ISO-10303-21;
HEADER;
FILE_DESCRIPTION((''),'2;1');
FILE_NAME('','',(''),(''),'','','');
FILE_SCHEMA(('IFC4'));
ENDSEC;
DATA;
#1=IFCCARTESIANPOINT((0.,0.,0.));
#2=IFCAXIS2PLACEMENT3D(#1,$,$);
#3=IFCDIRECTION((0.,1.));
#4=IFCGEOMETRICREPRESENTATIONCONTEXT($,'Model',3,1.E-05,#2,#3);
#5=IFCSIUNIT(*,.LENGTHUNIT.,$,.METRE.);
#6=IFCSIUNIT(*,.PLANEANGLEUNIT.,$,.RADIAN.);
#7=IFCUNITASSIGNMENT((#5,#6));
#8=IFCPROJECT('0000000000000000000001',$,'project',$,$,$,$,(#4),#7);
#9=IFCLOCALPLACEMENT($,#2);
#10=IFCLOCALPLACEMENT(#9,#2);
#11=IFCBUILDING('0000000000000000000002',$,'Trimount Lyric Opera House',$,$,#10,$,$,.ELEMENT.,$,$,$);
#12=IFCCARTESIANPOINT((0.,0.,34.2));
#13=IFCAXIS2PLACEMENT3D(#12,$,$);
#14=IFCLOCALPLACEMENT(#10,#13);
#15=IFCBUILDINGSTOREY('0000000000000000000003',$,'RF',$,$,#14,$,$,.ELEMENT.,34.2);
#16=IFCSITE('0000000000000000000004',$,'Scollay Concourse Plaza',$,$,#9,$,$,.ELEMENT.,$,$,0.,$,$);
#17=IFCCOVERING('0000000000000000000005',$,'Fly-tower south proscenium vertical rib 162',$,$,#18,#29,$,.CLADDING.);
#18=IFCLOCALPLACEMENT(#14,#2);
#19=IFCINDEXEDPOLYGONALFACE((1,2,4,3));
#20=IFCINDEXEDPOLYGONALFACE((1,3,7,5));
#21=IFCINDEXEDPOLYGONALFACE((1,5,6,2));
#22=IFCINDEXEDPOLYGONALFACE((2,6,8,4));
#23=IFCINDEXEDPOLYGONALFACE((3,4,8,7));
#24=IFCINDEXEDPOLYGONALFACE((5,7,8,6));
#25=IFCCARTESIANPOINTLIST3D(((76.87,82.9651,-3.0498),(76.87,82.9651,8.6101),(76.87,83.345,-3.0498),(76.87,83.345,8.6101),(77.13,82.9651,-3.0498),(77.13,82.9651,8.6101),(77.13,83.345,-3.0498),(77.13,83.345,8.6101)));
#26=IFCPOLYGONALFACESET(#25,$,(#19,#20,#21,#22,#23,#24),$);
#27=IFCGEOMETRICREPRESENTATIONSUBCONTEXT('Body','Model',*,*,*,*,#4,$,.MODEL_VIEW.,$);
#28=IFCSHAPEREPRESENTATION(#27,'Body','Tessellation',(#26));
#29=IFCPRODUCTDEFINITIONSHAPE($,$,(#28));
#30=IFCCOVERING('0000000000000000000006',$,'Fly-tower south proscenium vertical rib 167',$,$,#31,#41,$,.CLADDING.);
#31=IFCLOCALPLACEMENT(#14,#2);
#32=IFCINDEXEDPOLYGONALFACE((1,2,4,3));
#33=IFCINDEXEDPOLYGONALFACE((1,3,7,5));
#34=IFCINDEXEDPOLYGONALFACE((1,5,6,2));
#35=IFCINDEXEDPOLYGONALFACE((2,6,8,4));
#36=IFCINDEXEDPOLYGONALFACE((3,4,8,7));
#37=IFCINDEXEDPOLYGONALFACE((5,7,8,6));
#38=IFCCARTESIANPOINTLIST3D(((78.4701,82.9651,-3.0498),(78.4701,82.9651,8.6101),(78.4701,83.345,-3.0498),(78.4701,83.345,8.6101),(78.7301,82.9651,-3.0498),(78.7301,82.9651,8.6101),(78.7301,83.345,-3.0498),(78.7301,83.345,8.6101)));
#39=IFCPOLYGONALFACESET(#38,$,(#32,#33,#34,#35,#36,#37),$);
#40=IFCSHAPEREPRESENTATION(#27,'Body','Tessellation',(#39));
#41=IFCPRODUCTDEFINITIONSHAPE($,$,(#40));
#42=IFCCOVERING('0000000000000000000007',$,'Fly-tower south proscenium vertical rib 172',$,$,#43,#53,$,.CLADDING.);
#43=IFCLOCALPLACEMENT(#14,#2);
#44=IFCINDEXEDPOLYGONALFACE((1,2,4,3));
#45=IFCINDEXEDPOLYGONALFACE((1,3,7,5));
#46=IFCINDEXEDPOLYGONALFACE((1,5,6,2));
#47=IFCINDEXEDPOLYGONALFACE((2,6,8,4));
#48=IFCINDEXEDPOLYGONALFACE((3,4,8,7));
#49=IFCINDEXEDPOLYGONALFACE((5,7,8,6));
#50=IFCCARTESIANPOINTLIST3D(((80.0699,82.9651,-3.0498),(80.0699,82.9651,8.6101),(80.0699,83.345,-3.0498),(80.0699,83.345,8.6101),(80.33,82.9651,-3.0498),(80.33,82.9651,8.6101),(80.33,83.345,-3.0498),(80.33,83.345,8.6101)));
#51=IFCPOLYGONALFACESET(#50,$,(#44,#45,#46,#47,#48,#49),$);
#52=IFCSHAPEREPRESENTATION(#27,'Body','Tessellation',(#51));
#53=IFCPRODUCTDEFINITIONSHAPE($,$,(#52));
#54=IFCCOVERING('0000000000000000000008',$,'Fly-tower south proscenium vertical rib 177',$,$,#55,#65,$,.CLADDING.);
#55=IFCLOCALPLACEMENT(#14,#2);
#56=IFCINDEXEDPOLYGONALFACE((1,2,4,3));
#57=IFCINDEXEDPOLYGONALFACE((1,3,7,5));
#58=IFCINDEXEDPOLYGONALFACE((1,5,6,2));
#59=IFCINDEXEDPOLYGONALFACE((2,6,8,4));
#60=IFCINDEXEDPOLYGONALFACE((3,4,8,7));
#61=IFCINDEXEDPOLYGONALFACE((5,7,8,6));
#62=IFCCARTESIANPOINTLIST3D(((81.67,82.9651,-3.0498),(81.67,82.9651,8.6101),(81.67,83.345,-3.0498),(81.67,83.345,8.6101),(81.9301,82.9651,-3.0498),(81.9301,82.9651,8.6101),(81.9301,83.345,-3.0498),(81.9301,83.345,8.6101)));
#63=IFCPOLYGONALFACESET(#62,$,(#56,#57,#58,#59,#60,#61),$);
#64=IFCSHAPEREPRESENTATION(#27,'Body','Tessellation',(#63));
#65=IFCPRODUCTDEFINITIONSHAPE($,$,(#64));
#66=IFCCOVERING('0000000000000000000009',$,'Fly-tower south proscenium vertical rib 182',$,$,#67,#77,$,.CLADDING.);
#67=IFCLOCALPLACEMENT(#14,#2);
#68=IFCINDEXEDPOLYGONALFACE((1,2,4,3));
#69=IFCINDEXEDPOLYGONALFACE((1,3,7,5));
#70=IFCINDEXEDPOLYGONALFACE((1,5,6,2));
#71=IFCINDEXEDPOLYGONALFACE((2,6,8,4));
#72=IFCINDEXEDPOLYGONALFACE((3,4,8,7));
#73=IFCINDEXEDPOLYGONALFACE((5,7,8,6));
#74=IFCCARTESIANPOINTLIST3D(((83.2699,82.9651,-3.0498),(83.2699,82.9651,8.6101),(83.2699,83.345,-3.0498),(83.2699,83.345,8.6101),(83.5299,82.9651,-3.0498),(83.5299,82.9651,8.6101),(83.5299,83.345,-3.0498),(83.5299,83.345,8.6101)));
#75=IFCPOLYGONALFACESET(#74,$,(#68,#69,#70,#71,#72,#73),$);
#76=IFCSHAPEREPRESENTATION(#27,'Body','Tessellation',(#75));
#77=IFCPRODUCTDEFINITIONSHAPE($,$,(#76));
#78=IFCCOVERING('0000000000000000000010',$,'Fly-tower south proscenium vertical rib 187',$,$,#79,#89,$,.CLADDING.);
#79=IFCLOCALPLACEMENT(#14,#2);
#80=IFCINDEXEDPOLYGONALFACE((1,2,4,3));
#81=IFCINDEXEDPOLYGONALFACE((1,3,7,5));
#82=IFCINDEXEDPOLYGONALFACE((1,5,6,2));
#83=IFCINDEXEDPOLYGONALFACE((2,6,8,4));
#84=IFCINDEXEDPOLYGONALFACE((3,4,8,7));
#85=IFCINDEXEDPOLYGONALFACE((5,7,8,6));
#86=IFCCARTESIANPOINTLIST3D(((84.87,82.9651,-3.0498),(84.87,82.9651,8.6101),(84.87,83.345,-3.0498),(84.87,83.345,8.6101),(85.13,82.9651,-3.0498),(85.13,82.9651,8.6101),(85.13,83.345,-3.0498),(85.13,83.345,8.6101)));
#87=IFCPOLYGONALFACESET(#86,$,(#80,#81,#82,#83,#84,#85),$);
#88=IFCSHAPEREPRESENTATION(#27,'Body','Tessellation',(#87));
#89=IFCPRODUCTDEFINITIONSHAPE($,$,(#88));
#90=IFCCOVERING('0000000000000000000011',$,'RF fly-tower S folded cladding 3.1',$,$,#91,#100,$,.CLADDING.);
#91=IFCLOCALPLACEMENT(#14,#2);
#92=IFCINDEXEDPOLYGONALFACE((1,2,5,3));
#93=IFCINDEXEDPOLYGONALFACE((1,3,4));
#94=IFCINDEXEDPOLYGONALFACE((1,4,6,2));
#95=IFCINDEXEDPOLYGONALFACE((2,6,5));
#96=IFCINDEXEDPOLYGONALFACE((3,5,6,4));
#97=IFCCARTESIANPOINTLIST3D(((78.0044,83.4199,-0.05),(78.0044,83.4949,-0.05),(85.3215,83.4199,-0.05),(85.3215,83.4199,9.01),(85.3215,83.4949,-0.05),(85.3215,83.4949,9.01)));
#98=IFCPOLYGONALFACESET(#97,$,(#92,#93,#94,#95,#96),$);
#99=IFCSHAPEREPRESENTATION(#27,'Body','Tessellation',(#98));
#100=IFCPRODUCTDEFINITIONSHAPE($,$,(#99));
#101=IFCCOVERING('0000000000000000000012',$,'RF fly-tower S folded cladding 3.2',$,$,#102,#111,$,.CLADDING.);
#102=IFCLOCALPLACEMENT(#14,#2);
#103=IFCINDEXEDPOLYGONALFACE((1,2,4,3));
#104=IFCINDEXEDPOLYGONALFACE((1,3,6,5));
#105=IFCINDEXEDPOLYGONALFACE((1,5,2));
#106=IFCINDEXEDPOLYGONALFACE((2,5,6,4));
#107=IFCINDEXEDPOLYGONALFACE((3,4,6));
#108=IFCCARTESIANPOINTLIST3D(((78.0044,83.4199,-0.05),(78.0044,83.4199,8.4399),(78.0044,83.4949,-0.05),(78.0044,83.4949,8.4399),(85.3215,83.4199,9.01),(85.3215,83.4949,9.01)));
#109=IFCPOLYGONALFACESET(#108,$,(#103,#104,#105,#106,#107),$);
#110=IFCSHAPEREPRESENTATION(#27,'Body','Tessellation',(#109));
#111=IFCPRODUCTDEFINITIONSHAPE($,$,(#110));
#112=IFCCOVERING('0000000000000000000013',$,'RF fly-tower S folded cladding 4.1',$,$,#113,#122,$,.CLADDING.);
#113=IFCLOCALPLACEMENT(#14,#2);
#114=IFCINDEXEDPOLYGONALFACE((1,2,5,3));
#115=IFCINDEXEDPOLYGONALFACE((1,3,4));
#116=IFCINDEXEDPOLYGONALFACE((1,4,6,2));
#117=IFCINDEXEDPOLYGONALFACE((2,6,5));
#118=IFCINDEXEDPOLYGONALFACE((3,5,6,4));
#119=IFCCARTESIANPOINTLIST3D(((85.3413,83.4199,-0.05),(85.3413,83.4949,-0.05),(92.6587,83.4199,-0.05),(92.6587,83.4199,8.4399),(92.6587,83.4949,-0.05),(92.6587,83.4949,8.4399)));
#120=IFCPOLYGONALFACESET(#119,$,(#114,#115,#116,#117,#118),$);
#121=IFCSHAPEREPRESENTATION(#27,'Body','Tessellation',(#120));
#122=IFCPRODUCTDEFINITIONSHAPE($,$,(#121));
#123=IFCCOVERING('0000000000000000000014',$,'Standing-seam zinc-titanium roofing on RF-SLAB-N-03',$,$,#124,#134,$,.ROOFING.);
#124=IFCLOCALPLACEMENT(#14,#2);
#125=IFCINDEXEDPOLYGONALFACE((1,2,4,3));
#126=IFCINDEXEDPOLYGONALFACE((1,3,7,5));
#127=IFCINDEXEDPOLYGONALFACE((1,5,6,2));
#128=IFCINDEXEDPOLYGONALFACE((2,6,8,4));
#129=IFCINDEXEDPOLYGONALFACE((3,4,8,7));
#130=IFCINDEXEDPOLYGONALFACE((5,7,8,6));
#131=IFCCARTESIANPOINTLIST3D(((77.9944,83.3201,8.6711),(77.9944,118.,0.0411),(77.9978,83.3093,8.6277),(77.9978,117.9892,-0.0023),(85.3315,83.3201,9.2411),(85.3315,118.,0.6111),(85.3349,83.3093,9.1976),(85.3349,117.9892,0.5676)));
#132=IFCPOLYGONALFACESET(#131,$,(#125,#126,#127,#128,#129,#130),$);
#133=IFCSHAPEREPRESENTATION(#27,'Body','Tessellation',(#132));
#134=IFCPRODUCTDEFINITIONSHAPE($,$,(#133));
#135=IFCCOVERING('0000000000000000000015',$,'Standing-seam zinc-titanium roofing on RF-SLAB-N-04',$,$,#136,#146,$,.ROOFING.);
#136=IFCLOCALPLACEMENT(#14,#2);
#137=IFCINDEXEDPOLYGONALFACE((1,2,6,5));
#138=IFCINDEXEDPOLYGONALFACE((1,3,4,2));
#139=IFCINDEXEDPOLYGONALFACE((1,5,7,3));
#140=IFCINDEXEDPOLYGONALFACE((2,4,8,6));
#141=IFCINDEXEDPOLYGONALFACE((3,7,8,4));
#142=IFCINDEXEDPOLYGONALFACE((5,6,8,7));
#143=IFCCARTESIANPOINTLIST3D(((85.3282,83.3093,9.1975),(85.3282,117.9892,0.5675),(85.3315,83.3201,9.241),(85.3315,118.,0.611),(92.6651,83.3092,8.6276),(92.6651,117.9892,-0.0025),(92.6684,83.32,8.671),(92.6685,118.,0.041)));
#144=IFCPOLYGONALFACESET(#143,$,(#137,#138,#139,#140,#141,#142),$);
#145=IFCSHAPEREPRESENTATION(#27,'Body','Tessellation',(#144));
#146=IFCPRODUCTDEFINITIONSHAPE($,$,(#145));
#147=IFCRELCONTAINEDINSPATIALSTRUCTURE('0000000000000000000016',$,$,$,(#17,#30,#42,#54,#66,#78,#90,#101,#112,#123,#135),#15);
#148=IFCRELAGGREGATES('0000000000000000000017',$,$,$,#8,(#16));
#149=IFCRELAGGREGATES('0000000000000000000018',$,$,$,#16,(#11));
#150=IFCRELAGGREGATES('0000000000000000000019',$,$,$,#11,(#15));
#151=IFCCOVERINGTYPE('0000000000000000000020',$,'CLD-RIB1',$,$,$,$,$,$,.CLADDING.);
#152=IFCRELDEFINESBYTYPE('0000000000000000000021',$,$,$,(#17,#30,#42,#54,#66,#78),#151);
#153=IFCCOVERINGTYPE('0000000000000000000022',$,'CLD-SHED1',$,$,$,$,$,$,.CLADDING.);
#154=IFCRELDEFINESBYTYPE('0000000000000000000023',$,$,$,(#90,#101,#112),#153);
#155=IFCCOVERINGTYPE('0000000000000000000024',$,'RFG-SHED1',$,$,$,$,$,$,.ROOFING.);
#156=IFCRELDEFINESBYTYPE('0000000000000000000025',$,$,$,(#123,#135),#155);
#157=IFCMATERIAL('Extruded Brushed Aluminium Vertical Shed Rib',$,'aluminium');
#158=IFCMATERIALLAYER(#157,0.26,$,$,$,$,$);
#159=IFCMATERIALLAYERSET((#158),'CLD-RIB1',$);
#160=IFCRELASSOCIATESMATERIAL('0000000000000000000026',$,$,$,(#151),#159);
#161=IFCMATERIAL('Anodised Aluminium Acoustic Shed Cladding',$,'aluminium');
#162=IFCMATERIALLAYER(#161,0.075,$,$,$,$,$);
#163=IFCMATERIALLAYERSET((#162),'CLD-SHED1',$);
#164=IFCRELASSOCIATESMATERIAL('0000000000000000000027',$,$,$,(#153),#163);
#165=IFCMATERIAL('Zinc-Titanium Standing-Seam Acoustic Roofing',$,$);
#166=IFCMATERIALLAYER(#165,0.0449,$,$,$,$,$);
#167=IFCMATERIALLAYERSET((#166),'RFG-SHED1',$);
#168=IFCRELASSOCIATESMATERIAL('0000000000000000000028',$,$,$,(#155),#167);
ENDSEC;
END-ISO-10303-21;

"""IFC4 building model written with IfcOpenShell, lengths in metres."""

from ifc_helpers import new_model, si_unit, direction, frame, origin, origin_2d, place, context, subcontext, project, spatial, polyline, rectangle, outline, extrude, material, layer, layer_set, type_object, element, save


model = new_model("IFC4")

# Units and contexts
model_context = context("Model", 3, precision=1e-05, world=origin(), true_north=direction((0.0, 1.0)))
body_context = subcontext(model_context, "Body", "Model", "MODEL_VIEW")
ifc_project = project(units=[si_unit("LENGTHUNIT", "METRE"), si_unit("PLANEANGLEUNIT", "RADIAN")], contexts=[model_context])

# Site, building, storey
site_placement = place(None, origin())
site = spatial("IfcSite", under=ifc_project, at=site_placement, Name="Scollay Concourse Plaza", CompositionType="ELEMENT", RefElevation=0.0)
building_placement = place(site_placement, origin())
building = spatial("IfcBuilding", under=site, at=building_placement, Name="Trimount Lyric Opera House", CompositionType="ELEMENT")
storey_placement = place(building_placement, frame((0.0, 0.0, 34.2)))
storey = spatial("IfcBuildingStorey", under=building, at=storey_placement, Name="RF", CompositionType="ELEMENT", Elevation=34.2)

# Coverings
ifc_material_1 = material(Name="Extruded Brushed Aluminium Vertical Shed Rib", Category="aluminium")
ifc_layer_1 = layer(ifc_material_1, 0.26)
ifc_layer_set_1 = layer_set([ifc_layer_1], Name="CLD-RIB1")
covering_type_1 = type_object("IfcCoveringType", Name="CLD-RIB1", PredefinedType="CLADDING", material=ifc_layer_set_1)
for number, where, z_axis, x_axis, name in (
    (1, (77.0, 83.155, -3.0498), (0.0, 0.0, 1.0), (1.0, 0.0, 0.0), "Fly-tower south proscenium vertical rib 162"),
    (2, (78.6001, 83.155, -3.0498), (0.0, 0.0, 1.0), (1.0, 0.0, 0.0), "Fly-tower south proscenium vertical rib 167"),
    (3, (80.2, 83.155, -3.0498), (0.0, 0.0, 1.0), (1.0, 0.0, 0.0), "Fly-tower south proscenium vertical rib 172"),
    (4, (81.8, 83.155, -3.0498), (0.0, 0.0, 1.0), (1.0, 0.0, 0.0), "Fly-tower south proscenium vertical rib 177"),
    (5, (83.3999, 83.155, -3.0498), (0.0, 0.0, 1.0), (1.0, 0.0, 0.0), "Fly-tower south proscenium vertical rib 182"),
    (6, (85.0, 83.155, -3.0498), (0.0, 0.0, 1.0), (1.0, 0.0, 0.0), "Fly-tower south proscenium vertical rib 187"),
):
    element("IfcCovering", number, at=place(storey_placement, frame(where, z_axis=z_axis, x_axis=x_axis)), inside=storey, type_object=covering_type_1, Name=name, PredefinedType="CLADDING", context=body_context, shape_type="SweptSolid", body=[
        extrude(rectangle(XDim=0.26, YDim=0.3799, at=origin_2d()), origin(), (0.0, 0.0, 1.0), 11.6599),
    ])
ifc_material_2 = material(Name="Anodised Aluminium Acoustic Shed Cladding", Category="aluminium")
ifc_layer_2 = layer(ifc_material_2, 0.075)
ifc_layer_set_2 = layer_set([ifc_layer_2], Name="CLD-SHED1")
covering_type_2 = type_object("IfcCoveringType", Name="CLD-SHED1", PredefinedType="CLADDING", material=ifc_layer_set_2)
covering_1_placement = place(storey_placement, frame((78.0044, 83.4199, -0.05), z_axis=(0.0, -1.0, 0.0), x_axis=(1.0, 0.0, 0.0)))
element("IfcCovering", 7, at=covering_1_placement, inside=storey, type_object=covering_type_2, Name="RF fly-tower S folded cladding 3.1", PredefinedType="CLADDING", context=body_context, shape_type="SweptSolid", body=[
    extrude(outline(polyline([(0.0, 0.0), (7.3171, 0.0), (7.3171, 9.0601), (0.0, 0.0)])), origin(), (0.0, 0.0, -1.0), 0.075),
])
covering_2_placement = place(storey_placement, frame((78.0044, 83.4199, -0.05), z_axis=(0.0, -1.0, 0.0), x_axis=(0.628306, 0.0, 0.777966)))
element("IfcCovering", 8, at=covering_2_placement, inside=storey, type_object=covering_type_2, Name="RF fly-tower S folded cladding 3.2", PredefinedType="CLADDING", context=body_context, shape_type="SweptSolid", body=[
    extrude(outline(polyline([(0.0, 0.0), (11.6458, 0.0), (6.6049, 5.3343), (0.0, 0.0)])), origin(), (0.0, 0.0, -1.0), 0.075),
])
covering_3_placement = place(storey_placement, frame((85.3413, 83.4199, -0.05), z_axis=(0.0, -1.0, 0.0), x_axis=(1.0, 0.0, 0.0)))
element("IfcCovering", 9, at=covering_3_placement, inside=storey, type_object=covering_type_2, Name="RF fly-tower S folded cladding 4.1", PredefinedType="CLADDING", context=body_context, shape_type="SweptSolid", body=[
    extrude(outline(polyline([(0.0, 0.0), (7.3174, 0.0), (7.3174, 8.49), (0.0, 0.0)])), origin(), (0.0, 0.0, -1.0), 0.075),
])
ifc_material_3 = material(Name="Zinc-Titanium Standing-Seam Acoustic Roofing")
ifc_layer_3 = layer(ifc_material_3, 0.0449)
ifc_layer_set_3 = layer_set([ifc_layer_3], Name="RFG-SHED1")
covering_type_3 = type_object("IfcCoveringType", Name="RFG-SHED1", PredefinedType="ROOFING", material=ifc_layer_set_3)
covering_4_placement = place(storey_placement, frame((77.9944, 83.3201, 8.6711), z_axis=(-0.075167, 0.240799, 0.96766), x_axis=(0.996997, 0.000004, 0.077445)))
element("IfcCovering", 10, at=covering_4_placement, inside=storey, type_object=covering_type_3, Name="Standing-seam zinc-titanium roofing on RF-SLAB-N-03", PredefinedType="ROOFING", context=body_context, shape_type="SweptSolid", body=[
    extrude(outline(polyline([(0.0, 0.0), (7.3593, 0.0), (6.691, 35.7313), (-0.6682, 35.7314), (0.0, 0.0)])), origin(), (0.0, 0.0, -1.0), 0.0449),
])
covering_5_placement = place(storey_placement, frame((85.3315, 83.3201, 9.241), z_axis=(0.07517, 0.240799, 0.96766), x_axis=(0.996996, -0.000004, -0.077448)))
element("IfcCovering", 11, at=covering_5_placement, inside=storey, type_object=covering_type_3, Name="Standing-seam zinc-titanium roofing on RF-SLAB-N-04", PredefinedType="ROOFING", context=body_context, shape_type="SweptSolid", body=[
    extrude(outline(polyline([(0.0, 0.0), (7.359, 0.0), (8.0273, 35.7314), (0.6682, 35.7313), (0.0, 0.0)])), origin(), (0.0, 0.0, -1.0), 0.0449),
])

save(model, "model.ifc")
